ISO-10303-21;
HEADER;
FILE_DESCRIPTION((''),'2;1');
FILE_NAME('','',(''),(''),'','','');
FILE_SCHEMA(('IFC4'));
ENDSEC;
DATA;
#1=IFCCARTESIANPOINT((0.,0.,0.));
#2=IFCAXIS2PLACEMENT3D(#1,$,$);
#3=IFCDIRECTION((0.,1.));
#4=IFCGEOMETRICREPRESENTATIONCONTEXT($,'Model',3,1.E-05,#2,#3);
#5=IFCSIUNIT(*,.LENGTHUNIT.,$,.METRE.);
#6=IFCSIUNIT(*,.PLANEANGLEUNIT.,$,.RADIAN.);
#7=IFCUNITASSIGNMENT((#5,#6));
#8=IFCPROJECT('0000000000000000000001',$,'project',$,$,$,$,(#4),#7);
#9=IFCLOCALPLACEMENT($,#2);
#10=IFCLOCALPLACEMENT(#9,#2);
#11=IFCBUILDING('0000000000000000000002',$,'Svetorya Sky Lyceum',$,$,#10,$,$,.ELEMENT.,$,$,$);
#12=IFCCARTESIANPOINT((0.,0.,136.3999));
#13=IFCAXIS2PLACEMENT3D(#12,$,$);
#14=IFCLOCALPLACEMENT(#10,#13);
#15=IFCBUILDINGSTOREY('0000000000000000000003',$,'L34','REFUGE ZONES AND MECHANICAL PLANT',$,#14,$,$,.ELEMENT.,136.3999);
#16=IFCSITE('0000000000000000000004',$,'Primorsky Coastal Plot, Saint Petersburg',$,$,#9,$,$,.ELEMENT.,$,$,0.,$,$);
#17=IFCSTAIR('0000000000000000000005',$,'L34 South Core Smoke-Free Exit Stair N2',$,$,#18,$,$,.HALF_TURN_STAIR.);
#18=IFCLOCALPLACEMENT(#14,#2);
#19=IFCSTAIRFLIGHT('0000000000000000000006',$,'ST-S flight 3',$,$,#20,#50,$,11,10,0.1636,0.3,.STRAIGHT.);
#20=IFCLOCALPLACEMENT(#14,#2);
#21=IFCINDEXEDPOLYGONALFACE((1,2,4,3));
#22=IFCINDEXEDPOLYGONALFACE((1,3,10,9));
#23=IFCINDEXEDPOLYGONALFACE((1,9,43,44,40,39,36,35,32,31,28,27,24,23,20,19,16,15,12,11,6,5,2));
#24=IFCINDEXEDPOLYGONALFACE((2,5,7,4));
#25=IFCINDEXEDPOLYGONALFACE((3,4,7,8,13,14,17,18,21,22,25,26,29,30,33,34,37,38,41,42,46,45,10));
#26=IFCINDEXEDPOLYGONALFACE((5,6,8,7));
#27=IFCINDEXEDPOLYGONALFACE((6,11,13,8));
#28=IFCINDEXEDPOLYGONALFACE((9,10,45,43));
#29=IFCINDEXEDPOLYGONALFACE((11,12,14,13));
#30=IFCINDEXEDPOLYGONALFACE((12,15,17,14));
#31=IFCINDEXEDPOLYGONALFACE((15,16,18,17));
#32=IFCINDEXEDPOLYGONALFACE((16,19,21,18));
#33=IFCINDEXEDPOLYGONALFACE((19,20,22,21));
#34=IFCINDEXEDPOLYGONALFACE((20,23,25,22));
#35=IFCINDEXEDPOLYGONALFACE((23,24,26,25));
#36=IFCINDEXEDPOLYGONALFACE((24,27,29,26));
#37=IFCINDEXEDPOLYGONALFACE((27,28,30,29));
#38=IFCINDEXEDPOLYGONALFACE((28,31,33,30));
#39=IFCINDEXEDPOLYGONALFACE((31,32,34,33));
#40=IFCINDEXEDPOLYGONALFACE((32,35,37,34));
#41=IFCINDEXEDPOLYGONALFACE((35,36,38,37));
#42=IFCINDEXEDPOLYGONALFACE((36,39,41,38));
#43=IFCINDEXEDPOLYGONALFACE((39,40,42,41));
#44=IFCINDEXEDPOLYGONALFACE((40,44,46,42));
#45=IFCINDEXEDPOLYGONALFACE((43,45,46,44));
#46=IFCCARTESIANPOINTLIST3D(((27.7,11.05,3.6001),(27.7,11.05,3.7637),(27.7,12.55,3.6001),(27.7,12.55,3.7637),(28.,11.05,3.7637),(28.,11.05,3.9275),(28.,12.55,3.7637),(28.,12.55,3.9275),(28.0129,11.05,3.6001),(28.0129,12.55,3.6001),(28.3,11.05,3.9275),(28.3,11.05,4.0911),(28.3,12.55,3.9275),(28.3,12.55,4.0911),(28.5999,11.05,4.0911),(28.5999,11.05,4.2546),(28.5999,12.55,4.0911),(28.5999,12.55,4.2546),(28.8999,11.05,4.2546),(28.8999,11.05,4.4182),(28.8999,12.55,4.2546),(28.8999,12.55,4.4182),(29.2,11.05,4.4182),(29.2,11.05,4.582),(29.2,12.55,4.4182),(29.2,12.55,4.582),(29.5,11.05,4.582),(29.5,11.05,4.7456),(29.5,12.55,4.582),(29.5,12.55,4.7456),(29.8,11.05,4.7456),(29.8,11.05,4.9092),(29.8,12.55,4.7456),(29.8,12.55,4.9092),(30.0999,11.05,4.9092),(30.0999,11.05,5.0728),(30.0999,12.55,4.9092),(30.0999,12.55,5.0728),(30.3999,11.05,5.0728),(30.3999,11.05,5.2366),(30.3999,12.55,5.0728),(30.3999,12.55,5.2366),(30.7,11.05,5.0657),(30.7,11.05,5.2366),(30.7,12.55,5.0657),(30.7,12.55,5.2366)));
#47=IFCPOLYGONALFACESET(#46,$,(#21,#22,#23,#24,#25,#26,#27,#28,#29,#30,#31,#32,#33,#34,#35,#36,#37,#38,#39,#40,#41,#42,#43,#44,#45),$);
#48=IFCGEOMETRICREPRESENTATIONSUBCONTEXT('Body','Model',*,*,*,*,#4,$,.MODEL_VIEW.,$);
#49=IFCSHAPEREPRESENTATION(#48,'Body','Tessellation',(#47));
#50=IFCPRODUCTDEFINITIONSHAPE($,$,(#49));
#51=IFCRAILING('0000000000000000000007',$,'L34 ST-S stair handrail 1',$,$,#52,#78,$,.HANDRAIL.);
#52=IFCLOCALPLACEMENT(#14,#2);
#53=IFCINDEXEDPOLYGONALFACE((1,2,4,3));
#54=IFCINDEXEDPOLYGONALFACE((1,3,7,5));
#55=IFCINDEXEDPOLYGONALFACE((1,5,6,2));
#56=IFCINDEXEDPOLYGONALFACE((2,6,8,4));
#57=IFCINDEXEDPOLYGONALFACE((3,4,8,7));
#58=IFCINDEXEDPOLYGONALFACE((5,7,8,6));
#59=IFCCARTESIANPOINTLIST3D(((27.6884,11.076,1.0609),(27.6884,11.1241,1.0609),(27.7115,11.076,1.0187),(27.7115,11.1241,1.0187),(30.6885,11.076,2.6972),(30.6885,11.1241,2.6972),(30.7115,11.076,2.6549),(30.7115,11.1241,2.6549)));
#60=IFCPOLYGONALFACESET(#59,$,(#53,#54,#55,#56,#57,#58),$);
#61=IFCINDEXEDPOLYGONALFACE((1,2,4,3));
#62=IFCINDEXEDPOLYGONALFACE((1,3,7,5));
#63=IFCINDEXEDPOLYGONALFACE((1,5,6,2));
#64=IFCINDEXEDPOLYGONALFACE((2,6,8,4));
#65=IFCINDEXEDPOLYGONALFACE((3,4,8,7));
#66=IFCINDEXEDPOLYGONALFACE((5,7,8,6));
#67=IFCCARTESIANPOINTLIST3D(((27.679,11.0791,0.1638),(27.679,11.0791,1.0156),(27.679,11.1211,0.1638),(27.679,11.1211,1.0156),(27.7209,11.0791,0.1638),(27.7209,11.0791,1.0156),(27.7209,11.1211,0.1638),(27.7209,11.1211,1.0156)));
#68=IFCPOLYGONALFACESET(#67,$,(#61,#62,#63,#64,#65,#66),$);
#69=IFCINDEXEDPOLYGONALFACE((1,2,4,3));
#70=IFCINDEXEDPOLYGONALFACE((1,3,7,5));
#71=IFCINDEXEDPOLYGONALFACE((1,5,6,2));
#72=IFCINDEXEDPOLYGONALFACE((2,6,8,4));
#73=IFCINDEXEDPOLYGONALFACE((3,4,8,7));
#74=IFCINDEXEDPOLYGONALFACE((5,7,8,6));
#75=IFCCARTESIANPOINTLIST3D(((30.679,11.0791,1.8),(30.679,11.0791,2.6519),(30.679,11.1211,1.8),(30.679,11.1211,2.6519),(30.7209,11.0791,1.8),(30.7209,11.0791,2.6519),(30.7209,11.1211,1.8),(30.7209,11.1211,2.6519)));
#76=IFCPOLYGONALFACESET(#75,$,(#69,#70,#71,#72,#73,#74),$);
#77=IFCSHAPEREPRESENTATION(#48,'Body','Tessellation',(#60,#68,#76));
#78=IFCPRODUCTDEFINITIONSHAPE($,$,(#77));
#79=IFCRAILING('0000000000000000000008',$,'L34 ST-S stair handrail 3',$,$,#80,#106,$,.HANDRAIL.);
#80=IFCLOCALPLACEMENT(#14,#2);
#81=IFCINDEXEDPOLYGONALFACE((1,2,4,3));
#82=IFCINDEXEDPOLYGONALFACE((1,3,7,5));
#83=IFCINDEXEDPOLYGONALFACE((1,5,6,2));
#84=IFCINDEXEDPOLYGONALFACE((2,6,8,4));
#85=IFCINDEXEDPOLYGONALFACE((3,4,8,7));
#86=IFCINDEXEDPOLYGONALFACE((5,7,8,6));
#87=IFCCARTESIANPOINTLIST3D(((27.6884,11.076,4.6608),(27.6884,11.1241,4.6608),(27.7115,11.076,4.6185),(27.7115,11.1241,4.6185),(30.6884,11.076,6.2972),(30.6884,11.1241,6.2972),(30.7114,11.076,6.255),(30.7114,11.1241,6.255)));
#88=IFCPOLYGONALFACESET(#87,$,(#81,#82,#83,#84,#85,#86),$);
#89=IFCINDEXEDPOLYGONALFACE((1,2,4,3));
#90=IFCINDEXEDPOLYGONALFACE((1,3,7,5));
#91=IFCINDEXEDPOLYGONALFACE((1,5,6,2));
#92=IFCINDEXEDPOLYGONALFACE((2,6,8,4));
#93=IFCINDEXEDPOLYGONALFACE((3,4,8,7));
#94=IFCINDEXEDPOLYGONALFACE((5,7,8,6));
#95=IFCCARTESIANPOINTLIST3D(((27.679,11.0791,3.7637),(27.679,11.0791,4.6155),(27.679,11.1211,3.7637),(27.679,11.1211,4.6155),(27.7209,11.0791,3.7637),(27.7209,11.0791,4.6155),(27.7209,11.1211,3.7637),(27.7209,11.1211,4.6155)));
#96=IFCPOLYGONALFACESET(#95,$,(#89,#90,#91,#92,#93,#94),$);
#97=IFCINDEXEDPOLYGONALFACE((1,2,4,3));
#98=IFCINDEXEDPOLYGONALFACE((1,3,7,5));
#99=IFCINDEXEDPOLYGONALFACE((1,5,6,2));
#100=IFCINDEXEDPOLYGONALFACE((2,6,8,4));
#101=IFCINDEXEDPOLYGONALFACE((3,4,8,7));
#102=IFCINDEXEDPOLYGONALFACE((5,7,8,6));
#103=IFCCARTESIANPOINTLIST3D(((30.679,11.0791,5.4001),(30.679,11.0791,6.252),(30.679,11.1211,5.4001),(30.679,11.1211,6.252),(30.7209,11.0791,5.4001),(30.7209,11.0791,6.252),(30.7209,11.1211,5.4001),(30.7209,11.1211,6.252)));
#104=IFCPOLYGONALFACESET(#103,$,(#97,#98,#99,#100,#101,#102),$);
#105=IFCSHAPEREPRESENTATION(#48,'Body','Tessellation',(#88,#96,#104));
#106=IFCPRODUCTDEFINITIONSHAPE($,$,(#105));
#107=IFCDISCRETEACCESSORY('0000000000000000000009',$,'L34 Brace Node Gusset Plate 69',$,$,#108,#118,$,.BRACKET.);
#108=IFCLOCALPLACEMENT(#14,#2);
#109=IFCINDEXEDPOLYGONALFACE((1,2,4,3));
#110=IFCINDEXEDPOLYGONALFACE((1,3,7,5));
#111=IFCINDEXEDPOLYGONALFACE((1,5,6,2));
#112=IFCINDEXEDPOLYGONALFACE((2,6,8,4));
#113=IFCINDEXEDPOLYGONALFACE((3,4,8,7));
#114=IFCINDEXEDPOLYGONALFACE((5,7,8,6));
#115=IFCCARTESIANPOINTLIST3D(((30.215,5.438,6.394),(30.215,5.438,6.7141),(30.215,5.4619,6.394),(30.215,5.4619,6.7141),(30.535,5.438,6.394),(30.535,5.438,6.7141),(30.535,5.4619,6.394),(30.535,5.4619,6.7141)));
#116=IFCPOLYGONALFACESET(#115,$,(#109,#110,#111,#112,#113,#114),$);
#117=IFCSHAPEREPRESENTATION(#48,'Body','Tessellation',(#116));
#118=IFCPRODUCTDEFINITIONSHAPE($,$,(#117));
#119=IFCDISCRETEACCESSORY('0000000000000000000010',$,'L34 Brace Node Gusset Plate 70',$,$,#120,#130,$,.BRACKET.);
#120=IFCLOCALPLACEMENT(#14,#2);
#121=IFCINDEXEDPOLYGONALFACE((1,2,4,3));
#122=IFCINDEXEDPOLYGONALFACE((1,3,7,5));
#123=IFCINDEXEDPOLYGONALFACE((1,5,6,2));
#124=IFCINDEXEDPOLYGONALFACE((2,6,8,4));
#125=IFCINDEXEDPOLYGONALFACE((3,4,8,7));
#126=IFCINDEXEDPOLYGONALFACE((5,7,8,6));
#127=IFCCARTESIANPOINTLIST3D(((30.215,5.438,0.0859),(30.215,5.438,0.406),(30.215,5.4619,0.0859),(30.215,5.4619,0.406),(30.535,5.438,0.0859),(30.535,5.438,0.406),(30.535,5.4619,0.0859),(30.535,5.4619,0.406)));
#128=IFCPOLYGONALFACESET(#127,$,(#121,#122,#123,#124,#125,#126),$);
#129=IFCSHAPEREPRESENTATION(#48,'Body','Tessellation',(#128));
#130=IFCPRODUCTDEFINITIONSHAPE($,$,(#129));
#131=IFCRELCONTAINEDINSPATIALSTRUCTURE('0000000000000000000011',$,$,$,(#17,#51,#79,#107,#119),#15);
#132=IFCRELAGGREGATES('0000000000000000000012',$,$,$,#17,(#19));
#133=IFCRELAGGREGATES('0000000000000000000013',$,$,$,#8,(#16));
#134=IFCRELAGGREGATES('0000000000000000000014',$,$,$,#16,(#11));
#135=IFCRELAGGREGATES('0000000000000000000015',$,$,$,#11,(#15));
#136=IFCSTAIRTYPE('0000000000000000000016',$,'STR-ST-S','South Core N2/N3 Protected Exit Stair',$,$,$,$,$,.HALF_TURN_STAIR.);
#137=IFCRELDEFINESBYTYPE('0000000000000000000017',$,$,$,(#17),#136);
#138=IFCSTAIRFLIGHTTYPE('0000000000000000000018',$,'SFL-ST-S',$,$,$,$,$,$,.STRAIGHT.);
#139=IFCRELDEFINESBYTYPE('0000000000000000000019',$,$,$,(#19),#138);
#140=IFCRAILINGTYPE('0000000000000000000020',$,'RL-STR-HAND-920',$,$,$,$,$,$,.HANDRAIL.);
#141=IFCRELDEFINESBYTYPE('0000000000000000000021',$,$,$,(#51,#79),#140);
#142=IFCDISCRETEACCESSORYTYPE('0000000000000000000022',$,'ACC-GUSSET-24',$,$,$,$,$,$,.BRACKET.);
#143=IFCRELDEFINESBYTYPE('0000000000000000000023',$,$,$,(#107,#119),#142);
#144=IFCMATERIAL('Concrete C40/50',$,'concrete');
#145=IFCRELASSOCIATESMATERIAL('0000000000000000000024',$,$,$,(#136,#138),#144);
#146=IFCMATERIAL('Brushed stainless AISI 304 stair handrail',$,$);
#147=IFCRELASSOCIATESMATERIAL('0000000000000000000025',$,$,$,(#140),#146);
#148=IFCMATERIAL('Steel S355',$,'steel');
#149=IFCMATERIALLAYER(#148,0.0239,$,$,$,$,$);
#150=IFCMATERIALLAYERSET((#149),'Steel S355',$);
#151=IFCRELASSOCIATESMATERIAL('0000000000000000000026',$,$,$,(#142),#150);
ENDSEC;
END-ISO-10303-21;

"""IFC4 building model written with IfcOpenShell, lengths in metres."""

from ifc_helpers import new_model, si_unit, direction, frame, origin, origin_2d, place, context, subcontext, project, spatial, polyline, rectangle, outline, extrude, material, layer, layer_set, type_object, element, aggregate, save


model = new_model("IFC4")

# Units and contexts
model_context = context("Model", 3, precision=1e-05, world=origin(), true_north=direction((0.0, 1.0)))
body_context = subcontext(model_context, "Body", "Model", "MODEL_VIEW")
ifc_project = project(units=[si_unit("LENGTHUNIT", "METRE"), si_unit("PLANEANGLEUNIT", "RADIAN")], contexts=[model_context])

# Site, building, storey
site_placement = place(None, origin())
site = spatial("IfcSite", under=ifc_project, at=site_placement, Name="Primorsky Coastal Plot, Saint Petersburg", CompositionType="ELEMENT", RefElevation=0.0)
building_placement = place(site_placement, origin())
building = spatial("IfcBuilding", under=site, at=building_placement, Name="Svetorya Sky Lyceum", CompositionType="ELEMENT")
storey_placement = place(building_placement, frame((0.0, 0.0, 136.3999)))
storey = spatial("IfcBuildingStorey", under=building, at=storey_placement, Name="L34", Description="REFUGE ZONES AND MECHANICAL PLANT", CompositionType="ELEMENT", Elevation=136.3999)

# Shared definitions
ifc_material_1 = material(Name="Steel S355", Category="steel")

# Shared definitions
ifc_material_2 = material(Name="Concrete C40/50", Category="concrete")

# Stair, stair flight
stair_type = type_object("IfcStairType", Name="STR-ST-S", Description="South Core N2/N3 Protected Exit Stair", PredefinedType="HALF_TURN_STAIR", material=ifc_material_2)
stair_placement = place(storey_placement, origin())
stair = element("IfcStair", 1, at=stair_placement, inside=storey, type_object=stair_type, Name="L34 South Core Smoke-Free Exit Stair N2", PredefinedType="HALF_TURN_STAIR")
stair_flight_type = type_object("IfcStairFlightType", Name="SFL-ST-S", PredefinedType="STRAIGHT", material=ifc_material_2)
stair_flight_1_placement = place(storey_placement, frame((27.7, 11.8, 3.6001), z_axis=(0.0, 0.0, 1.0), x_axis=(1.0, 0.0, 0.0)))
stair_flight_1 = element("IfcStairFlight", 2, at=stair_flight_1_placement, type_object=stair_flight_type, Name="ST-S flight 3", NumberOfRisers=11, NumberOfTreads=10, PredefinedType="STRAIGHT", RiserHeight=0.1636, TreadLength=0.3, context=body_context, shape_type="SweptSolid", body=[
    extrude(outline(polyline([(0.0, 0.0), (0.0, 0.1636), (0.3, 0.1636), (0.3, 0.3274), (0.6001, 0.3274), (0.6001, 0.491), (0.8999, 0.491), (0.8999, 0.6545), (1.2, 0.6545), (1.2, 0.8181), (1.5, 0.8181), (1.5, 0.9819), (1.8, 0.9819), (1.8, 1.1455), (2.1001, 1.1455), (2.1001, 1.3091), (2.3999, 1.3091), (2.3999, 1.4727), (2.7, 1.4727), (2.7, 1.6365), (3.0, 1.6365), (3.0, 1.8), (3.0, 1.4656), (0.313, 0.0), (0.0, 0.0)])), frame((0.0, 0.75, 0.0), z_axis=(0.0, -1.0, 0.0), x_axis=(1.0, 0.0, 0.0)), (0.0, 0.0, 1.0), 1.5),
])
aggregate(stair, [stair_flight_1])

# Railings
ifc_material_3 = material(Name="Brushed stainless AISI 304 stair handrail")
railing_type = type_object("IfcRailingType", Name="RL-STR-HAND-920", PredefinedType="HANDRAIL", material=ifc_material_3)
railing_1_placement = place(storey_placement, frame((27.7, 11.1001, 0.1638)))
element("IfcRailing", 3, at=railing_1_placement, inside=storey, type_object=railing_type, Name="L34 ST-S stair handrail 1", PredefinedType="HANDRAIL", context=body_context, shape_type="SweptSolid", body=[
    extrude(rectangle(XDim=0.0481, YDim=0.0481, at=origin_2d()), frame((0.0, 0.0, 0.876), z_axis=(0.877912, 0.0, 0.478822), x_axis=(0.0, 1.0, 0.0)), (0.0, 0.0, 1.0), 3.4172),
    extrude(rectangle(XDim=0.042, YDim=0.042, at=origin_2d()), origin(), (0.0, 0.0, 1.0), 0.8518),
    extrude(rectangle(XDim=0.042, YDim=0.042, at=origin_2d()), frame((3.0, 0.0, 1.6362)), (0.0, 0.0, 1.0), 0.8518),
])
railing_2_placement = place(storey_placement, frame((27.7, 11.1001, 3.7637)))
element("IfcRailing", 4, at=railing_2_placement, inside=storey, type_object=railing_type, Name="L34 ST-S stair handrail 3", PredefinedType="HANDRAIL", context=body_context, shape_type="SweptSolid", body=[
    extrude(rectangle(XDim=0.0481, YDim=0.0481, at=origin_2d()), frame((0.0, 0.0, 0.876), z_axis=(0.877882, 0.0, 0.478877), x_axis=(0.0, 1.0, 0.0)), (0.0, 0.0, 1.0), 3.4172),
    extrude(rectangle(XDim=0.042, YDim=0.042, at=origin_2d()), origin(), (0.0, 0.0, 1.0), 0.8518),
    extrude(rectangle(XDim=0.042, YDim=0.042, at=origin_2d()), frame((3.0, 0.0, 1.6365)), (0.0, 0.0, 1.0), 0.8518),
])

# Discrete accessories
ifc_layer_1 = layer(ifc_material_1, 0.0239)
ifc_layer_set_1 = layer_set([ifc_layer_1], Name="Steel S355")
discrete_accessory_type = type_object("IfcDiscreteAccessoryType", Name="ACC-GUSSET-24", PredefinedType="BRACKET", material=ifc_layer_set_1)
for number, where, z_axis, x_axis, name in (
    (5, (30.375, 5.45, 6.394), (0.0, 0.0, 1.0), (1.0, 0.0, 0.0), "L34 Brace Node Gusset Plate 69"),
    (6, (30.375, 5.45, 0.0859), (0.0, 0.0, 1.0), (1.0, 0.0, 0.0), "L34 Brace Node Gusset Plate 70"),
):
    element("IfcDiscreteAccessory", number, at=place(storey_placement, frame(where, z_axis=z_axis, x_axis=x_axis)), inside=storey, type_object=discrete_accessory_type, Name=name, PredefinedType="BRACKET", context=body_context, shape_type="SweptSolid", body=[
        extrude(rectangle(XDim=0.3201, YDim=0.0239, at=origin_2d()), origin(), (0.0, 0.0, 1.0), 0.3201),
    ])

save(model, "model.ifc")
